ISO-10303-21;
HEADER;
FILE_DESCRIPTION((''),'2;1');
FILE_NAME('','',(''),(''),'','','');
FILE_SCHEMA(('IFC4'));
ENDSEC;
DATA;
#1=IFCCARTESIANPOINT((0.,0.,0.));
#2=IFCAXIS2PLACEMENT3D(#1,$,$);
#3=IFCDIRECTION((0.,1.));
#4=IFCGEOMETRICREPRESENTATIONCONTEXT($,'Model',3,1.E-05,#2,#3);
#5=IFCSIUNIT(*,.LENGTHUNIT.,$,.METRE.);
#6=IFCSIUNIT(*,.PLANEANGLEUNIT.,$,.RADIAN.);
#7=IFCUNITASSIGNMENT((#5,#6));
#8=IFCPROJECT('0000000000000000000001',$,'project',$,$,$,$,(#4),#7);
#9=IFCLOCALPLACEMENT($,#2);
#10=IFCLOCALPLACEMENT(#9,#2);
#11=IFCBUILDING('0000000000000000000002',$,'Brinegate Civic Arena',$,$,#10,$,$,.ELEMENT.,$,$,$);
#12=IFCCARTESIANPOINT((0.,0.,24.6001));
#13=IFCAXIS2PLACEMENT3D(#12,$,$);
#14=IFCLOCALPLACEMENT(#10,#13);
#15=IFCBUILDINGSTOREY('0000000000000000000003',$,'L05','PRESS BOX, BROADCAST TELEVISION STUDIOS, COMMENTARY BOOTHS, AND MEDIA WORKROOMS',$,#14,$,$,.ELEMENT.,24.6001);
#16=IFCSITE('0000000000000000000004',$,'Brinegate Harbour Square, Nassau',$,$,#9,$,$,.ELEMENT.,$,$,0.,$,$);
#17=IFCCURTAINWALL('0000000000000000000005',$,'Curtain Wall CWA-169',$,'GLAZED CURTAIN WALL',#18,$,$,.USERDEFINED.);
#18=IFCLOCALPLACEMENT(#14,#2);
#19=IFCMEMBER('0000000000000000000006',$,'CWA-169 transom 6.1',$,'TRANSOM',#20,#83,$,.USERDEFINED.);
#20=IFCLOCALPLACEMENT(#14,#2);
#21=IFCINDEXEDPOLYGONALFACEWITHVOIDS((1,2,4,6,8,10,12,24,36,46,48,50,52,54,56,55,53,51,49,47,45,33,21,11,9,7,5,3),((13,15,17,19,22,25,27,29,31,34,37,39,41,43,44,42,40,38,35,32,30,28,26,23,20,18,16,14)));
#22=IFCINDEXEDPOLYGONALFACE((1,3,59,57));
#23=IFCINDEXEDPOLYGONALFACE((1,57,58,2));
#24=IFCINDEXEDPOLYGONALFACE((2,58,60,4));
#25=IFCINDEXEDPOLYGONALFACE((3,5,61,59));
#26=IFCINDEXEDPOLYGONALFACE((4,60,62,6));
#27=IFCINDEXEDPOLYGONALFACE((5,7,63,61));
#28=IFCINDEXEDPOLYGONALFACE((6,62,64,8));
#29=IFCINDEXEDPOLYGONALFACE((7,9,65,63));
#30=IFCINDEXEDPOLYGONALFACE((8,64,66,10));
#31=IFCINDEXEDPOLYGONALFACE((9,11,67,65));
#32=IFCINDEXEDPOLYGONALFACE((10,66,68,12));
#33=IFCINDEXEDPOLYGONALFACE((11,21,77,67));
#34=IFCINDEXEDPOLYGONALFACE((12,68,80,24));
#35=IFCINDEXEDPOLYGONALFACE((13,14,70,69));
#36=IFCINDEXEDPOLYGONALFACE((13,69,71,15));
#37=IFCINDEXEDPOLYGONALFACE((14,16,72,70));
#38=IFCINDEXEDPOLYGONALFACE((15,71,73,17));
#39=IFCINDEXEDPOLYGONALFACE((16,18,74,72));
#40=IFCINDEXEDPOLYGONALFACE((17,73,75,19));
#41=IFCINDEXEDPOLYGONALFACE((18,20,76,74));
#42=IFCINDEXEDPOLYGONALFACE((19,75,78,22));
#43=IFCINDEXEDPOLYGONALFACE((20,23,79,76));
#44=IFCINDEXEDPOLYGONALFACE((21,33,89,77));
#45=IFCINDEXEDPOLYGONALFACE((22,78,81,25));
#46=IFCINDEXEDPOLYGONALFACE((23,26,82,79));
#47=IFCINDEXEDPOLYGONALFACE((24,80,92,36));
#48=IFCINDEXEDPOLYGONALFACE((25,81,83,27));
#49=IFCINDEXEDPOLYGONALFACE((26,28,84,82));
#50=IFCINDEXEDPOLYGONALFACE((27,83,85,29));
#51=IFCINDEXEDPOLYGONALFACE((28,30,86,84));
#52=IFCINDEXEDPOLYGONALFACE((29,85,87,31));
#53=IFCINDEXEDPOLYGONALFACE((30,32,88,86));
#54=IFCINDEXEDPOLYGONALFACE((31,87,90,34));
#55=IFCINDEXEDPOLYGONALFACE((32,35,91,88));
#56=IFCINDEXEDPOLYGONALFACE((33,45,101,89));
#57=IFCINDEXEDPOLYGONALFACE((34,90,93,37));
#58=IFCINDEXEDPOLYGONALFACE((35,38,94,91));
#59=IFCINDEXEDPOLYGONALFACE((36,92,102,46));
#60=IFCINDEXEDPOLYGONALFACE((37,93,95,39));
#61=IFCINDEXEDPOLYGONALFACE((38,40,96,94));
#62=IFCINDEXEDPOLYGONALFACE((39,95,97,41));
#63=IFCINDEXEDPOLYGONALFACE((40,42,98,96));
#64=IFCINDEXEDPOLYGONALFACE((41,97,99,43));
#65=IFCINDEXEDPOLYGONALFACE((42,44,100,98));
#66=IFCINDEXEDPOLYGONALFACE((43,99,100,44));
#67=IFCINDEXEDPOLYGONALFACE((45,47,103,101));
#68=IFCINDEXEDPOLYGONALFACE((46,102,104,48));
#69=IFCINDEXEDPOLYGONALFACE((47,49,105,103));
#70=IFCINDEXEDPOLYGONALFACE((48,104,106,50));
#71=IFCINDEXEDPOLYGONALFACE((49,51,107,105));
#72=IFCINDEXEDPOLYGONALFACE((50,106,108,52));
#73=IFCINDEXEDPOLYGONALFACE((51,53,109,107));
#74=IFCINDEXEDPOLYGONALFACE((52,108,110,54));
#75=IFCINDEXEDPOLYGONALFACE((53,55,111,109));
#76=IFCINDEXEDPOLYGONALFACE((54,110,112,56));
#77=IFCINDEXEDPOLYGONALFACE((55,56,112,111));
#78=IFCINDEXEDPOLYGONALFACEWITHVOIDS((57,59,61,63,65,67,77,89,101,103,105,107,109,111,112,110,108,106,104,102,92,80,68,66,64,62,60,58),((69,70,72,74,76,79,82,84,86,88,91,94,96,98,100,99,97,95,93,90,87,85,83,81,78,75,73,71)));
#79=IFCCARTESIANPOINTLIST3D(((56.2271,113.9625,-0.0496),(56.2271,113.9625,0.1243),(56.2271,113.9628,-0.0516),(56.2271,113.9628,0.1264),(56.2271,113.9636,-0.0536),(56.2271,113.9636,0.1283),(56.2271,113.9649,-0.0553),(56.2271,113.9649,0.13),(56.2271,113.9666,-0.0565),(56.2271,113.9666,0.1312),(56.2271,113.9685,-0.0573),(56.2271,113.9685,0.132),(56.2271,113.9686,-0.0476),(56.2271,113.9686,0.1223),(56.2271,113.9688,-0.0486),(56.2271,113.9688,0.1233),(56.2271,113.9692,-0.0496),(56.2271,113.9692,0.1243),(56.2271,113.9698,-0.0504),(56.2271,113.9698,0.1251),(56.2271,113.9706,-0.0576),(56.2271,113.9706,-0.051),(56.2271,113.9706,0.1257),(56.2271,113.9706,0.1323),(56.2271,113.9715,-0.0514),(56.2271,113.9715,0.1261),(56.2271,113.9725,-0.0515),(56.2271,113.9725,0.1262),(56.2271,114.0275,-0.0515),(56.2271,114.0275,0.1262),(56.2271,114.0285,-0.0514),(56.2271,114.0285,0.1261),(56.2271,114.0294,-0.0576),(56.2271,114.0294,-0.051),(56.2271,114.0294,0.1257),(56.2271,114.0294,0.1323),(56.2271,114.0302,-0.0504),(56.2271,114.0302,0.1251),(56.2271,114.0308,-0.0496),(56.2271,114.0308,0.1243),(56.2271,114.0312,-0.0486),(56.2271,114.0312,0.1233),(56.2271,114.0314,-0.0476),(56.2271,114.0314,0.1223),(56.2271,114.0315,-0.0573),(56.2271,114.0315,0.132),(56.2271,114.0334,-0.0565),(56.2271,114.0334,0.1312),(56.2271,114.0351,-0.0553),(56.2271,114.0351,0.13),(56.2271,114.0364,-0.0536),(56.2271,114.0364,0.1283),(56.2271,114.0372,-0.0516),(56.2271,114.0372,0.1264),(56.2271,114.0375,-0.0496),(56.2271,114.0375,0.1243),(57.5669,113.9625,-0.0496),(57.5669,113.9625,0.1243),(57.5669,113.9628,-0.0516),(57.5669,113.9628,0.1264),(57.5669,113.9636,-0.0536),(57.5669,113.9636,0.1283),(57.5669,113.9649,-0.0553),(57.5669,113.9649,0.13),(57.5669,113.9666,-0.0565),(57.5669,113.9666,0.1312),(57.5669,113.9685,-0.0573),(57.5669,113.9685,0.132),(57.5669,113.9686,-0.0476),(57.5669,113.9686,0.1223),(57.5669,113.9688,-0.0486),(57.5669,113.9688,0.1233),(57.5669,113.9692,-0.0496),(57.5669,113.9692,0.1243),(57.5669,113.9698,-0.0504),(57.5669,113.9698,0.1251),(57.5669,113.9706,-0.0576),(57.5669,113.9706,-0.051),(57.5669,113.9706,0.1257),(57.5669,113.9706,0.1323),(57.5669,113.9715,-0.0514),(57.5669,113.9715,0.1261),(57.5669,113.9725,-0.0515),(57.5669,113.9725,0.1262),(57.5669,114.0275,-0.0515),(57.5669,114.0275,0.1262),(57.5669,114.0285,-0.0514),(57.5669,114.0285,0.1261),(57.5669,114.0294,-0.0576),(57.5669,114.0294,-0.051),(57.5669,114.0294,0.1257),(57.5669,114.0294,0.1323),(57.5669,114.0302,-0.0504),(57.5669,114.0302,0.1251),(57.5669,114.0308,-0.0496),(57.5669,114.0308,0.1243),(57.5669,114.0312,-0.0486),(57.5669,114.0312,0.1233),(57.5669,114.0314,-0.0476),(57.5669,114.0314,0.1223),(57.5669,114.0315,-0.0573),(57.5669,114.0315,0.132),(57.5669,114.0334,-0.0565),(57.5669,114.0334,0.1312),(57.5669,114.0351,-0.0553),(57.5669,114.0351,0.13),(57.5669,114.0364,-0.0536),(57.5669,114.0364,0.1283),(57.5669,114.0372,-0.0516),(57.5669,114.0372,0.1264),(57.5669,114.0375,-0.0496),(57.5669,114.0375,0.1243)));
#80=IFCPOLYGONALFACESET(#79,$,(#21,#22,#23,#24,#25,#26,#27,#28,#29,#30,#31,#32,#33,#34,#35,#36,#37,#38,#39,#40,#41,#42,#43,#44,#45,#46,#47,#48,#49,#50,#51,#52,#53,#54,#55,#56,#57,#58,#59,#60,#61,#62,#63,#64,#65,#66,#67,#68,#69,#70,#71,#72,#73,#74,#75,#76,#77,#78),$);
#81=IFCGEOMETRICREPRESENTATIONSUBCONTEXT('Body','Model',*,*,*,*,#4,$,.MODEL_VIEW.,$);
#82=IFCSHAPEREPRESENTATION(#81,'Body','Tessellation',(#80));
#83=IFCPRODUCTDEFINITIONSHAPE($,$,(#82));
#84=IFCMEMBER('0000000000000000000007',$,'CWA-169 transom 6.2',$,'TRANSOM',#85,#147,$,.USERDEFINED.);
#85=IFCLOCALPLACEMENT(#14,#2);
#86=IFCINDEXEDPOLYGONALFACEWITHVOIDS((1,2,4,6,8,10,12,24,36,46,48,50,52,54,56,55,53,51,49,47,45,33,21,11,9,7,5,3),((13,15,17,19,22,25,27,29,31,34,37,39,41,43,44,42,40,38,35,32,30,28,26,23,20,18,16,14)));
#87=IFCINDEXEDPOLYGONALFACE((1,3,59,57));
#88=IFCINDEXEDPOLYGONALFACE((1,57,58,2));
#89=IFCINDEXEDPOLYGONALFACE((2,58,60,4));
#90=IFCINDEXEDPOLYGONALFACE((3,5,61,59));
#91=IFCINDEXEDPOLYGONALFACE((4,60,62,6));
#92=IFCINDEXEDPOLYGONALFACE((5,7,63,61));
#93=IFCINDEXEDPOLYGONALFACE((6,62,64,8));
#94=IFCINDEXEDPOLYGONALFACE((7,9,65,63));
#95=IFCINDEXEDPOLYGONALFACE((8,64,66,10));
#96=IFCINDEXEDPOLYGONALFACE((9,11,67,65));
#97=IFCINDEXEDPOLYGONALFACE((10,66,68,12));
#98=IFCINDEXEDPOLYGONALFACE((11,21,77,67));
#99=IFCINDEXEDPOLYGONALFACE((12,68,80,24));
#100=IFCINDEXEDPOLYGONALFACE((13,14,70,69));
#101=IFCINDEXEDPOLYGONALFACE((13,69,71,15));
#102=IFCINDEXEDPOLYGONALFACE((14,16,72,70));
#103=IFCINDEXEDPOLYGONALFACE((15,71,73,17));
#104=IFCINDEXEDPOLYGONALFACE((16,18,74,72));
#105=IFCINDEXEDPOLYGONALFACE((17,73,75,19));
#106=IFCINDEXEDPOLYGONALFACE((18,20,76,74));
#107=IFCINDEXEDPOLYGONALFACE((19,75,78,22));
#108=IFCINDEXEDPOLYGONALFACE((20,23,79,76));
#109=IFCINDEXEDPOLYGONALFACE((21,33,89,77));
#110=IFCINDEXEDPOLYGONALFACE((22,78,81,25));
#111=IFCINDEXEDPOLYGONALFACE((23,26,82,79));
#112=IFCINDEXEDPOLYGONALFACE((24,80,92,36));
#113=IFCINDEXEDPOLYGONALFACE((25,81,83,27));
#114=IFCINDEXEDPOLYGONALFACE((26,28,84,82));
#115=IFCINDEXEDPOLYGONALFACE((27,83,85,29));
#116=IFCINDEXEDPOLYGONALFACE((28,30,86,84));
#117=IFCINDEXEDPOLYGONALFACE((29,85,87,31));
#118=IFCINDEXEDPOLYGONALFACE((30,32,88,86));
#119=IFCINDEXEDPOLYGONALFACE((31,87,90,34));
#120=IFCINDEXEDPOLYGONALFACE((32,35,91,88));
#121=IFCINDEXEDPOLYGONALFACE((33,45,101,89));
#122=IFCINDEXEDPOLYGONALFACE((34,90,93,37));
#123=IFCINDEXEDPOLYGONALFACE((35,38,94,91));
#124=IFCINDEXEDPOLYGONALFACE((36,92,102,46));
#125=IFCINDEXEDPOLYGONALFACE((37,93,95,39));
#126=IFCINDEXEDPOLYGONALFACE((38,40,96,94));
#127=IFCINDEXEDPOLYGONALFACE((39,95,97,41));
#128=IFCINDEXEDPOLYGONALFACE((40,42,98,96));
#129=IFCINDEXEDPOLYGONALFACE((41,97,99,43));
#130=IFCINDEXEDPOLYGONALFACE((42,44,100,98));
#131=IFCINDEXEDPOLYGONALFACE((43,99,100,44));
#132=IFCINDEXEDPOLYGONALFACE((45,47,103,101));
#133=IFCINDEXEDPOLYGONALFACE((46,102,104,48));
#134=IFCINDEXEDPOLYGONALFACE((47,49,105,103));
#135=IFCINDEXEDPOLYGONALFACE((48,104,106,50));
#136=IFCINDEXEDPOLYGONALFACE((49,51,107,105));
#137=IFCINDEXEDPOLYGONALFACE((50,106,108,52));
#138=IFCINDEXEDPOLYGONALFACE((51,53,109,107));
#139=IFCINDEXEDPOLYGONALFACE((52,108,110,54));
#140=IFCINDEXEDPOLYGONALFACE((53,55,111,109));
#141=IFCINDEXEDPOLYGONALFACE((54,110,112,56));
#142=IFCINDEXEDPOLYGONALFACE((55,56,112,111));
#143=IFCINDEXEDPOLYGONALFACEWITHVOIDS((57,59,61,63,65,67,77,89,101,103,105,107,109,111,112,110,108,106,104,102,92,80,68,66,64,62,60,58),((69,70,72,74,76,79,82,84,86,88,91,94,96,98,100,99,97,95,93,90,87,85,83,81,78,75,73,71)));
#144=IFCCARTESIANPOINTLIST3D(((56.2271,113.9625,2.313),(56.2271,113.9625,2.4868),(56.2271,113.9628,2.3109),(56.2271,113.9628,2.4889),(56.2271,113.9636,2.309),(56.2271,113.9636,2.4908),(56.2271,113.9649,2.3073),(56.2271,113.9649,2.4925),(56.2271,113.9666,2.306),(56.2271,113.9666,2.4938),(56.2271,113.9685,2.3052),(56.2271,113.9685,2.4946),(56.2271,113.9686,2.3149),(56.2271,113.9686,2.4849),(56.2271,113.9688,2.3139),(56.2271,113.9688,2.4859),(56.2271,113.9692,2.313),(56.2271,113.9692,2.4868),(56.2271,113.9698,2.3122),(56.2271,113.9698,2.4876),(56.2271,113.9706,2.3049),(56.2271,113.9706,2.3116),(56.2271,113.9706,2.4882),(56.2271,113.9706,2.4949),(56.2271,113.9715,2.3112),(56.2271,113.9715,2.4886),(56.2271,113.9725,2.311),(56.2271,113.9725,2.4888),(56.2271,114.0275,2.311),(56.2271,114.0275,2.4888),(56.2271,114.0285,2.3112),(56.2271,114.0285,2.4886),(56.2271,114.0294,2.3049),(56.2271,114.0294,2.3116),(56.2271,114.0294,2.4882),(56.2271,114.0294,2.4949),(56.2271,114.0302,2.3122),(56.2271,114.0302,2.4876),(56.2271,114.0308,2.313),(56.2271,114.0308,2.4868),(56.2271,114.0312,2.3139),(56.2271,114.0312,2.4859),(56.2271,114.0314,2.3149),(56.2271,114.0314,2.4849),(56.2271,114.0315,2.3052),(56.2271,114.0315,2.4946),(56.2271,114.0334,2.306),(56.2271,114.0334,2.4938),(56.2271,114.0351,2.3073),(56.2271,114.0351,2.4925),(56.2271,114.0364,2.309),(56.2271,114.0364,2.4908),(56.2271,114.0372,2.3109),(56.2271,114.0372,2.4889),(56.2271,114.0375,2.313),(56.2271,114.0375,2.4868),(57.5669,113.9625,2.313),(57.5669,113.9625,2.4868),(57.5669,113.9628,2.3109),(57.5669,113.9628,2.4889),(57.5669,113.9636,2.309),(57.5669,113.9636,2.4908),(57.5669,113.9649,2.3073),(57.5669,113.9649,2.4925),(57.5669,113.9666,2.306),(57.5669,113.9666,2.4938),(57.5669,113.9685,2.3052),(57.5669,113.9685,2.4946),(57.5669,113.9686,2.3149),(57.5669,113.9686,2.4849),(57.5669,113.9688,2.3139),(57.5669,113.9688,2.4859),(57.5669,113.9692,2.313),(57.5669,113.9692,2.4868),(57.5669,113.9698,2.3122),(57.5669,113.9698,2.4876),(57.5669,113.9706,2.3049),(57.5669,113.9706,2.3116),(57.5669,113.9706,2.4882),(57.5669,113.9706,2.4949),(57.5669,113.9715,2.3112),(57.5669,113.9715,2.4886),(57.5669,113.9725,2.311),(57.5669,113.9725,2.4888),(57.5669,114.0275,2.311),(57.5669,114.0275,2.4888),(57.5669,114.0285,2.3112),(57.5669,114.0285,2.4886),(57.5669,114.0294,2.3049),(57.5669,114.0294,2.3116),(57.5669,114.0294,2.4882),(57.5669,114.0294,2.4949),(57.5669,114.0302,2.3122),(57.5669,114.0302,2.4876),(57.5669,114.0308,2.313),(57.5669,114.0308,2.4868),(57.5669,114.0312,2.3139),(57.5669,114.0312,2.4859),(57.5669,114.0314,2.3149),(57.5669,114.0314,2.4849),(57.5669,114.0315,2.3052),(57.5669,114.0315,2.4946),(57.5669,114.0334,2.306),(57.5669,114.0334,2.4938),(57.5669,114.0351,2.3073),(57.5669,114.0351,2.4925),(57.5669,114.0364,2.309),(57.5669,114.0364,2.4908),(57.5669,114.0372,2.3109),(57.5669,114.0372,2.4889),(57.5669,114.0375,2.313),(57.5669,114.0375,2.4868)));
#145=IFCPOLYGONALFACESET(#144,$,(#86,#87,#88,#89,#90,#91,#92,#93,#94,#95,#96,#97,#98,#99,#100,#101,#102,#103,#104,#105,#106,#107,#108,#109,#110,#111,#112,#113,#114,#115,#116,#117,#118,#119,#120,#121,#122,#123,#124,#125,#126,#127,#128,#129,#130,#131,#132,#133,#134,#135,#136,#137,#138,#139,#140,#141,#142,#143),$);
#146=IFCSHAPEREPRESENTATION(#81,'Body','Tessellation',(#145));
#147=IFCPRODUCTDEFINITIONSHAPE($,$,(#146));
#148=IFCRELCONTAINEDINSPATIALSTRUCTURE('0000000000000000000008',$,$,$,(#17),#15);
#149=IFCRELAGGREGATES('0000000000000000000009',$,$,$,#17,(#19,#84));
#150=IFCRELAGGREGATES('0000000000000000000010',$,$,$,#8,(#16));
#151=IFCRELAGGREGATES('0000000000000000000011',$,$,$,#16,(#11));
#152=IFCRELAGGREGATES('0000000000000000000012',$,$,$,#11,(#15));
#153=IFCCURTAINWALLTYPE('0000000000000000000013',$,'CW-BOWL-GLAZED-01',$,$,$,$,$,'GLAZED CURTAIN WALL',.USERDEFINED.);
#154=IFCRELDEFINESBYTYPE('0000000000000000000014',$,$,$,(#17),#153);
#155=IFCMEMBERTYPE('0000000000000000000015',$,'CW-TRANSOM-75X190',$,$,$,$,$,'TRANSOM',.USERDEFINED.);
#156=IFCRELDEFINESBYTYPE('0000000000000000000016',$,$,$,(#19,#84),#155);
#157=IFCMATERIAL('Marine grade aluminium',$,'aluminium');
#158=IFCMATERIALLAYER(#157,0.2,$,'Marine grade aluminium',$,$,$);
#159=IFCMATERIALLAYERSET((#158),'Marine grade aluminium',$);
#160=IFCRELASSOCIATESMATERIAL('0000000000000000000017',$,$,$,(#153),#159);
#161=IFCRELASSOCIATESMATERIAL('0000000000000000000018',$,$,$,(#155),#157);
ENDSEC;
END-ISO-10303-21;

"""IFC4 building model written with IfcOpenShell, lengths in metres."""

from ifc_helpers import new_model, si_unit, direction, frame, origin, origin_2d, place, context, subcontext, project, spatial, hollow_rectangle, extrude, material, layer, layer_set, material_profile, profile_set, type_object, element, aggregate, save


model = new_model("IFC4")

# Units and contexts
model_context = context("Model", 3, precision=1e-05, world=origin(), true_north=direction((0.0, 1.0)))
body_context = subcontext(model_context, "Body", "Model", "MODEL_VIEW")
ifc_project = project(units=[si_unit("LENGTHUNIT", "METRE"), si_unit("PLANEANGLEUNIT", "RADIAN")], contexts=[model_context])

# Site, building, storey
site_placement = place(None, origin())
site = spatial("IfcSite", under=ifc_project, at=site_placement, Name="Brinegate Harbour Square, Nassau", CompositionType="ELEMENT", RefElevation=0.0)
building_placement = place(site_placement, origin())
building = spatial("IfcBuilding", under=site, at=building_placement, Name="Brinegate Civic Arena", CompositionType="ELEMENT")
storey_placement = place(building_placement, frame((0.0, 0.0, 24.6001)))
storey = spatial("IfcBuildingStorey", under=building, at=storey_placement, Name="L05", Description="PRESS BOX, BROADCAST TELEVISION STUDIOS, COMMENTARY BOOTHS, AND MEDIA WORKROOMS", CompositionType="ELEMENT", Elevation=24.6001)

# Shared definitions
ifc_material_1 = material(Name="Marine grade aluminium", Category="aluminium")
ifc_layer_1 = layer(ifc_material_1, 0.2, Name="Marine grade aluminium")
ifc_layer_set_1 = layer_set([ifc_layer_1], Name="Marine grade aluminium")
curtain_wall_type = type_object("IfcCurtainWallType", Name="CW-BOWL-GLAZED-01", ElementType="GLAZED CURTAIN WALL", PredefinedType="USERDEFINED", material=ifc_layer_set_1)

# Curtain wall
curtain_wall_1_placement = place(storey_placement, origin())
curtain_wall_1 = element("IfcCurtainWall", 1, at=curtain_wall_1_placement, inside=storey, type_object=curtain_wall_type, Name="Curtain Wall CWA-169", ObjectType="GLAZED CURTAIN WALL", PredefinedType="USERDEFINED")

# Members
ifc_material_profile_1 = material_profile(ifc_material_1, hollow_rectangle(XDim=0.075, YDim=0.1899, WallThickness=0.0061, InnerFilletRadius=0.0039, OuterFilletRadius=0.0081, at=origin_2d()), Name="TRN75X190")
ifc_profile_set_1 = profile_set([ifc_material_profile_1], Name="Marine grade aluminium")
member_type_1 = type_object("IfcMemberType", Name="CW-TRANSOM-75X190", ElementType="TRANSOM", PredefinedType="USERDEFINED", material=ifc_profile_set_1)
member_1_placement = place(storey_placement, frame((56.2271, 114.0, 0.0374), z_axis=(1.0, 0.0, 0.0), x_axis=(0.0, 1.0, 0.0)))
member_1 = element("IfcMember", 2, at=member_1_placement, type_object=member_type_1, Name="CWA-169 transom 6.1", ObjectType="TRANSOM", PredefinedType="USERDEFINED", context=body_context, shape_type="SweptSolid", body=[
    extrude(hollow_rectangle(XDim=0.075, YDim=0.1899, WallThickness=0.0061, InnerFilletRadius=0.0039, OuterFilletRadius=0.0081, at=origin_2d()), origin(), (0.0, 0.0, 1.0), 1.3398),
])
member_2_placement = place(storey_placement, frame((56.2271, 114.0, 2.3999), z_axis=(1.0, 0.0, 0.0), x_axis=(0.0, 1.0, 0.0)))
member_2 = element("IfcMember", 3, at=member_2_placement, type_object=member_type_1, Name="CWA-169 transom 6.2", ObjectType="TRANSOM", PredefinedType="USERDEFINED", context=body_context, shape_type="SweptSolid", body=[
    extrude(hollow_rectangle(XDim=0.075, YDim=0.1899, WallThickness=0.0061, InnerFilletRadius=0.0039, OuterFilletRadius=0.0081, at=origin_2d()), origin(), (0.0, 0.0, 1.0), 1.3398),
])

aggregate(curtain_wall_1, [member_1, member_2])

save(model, "model.ifc")
